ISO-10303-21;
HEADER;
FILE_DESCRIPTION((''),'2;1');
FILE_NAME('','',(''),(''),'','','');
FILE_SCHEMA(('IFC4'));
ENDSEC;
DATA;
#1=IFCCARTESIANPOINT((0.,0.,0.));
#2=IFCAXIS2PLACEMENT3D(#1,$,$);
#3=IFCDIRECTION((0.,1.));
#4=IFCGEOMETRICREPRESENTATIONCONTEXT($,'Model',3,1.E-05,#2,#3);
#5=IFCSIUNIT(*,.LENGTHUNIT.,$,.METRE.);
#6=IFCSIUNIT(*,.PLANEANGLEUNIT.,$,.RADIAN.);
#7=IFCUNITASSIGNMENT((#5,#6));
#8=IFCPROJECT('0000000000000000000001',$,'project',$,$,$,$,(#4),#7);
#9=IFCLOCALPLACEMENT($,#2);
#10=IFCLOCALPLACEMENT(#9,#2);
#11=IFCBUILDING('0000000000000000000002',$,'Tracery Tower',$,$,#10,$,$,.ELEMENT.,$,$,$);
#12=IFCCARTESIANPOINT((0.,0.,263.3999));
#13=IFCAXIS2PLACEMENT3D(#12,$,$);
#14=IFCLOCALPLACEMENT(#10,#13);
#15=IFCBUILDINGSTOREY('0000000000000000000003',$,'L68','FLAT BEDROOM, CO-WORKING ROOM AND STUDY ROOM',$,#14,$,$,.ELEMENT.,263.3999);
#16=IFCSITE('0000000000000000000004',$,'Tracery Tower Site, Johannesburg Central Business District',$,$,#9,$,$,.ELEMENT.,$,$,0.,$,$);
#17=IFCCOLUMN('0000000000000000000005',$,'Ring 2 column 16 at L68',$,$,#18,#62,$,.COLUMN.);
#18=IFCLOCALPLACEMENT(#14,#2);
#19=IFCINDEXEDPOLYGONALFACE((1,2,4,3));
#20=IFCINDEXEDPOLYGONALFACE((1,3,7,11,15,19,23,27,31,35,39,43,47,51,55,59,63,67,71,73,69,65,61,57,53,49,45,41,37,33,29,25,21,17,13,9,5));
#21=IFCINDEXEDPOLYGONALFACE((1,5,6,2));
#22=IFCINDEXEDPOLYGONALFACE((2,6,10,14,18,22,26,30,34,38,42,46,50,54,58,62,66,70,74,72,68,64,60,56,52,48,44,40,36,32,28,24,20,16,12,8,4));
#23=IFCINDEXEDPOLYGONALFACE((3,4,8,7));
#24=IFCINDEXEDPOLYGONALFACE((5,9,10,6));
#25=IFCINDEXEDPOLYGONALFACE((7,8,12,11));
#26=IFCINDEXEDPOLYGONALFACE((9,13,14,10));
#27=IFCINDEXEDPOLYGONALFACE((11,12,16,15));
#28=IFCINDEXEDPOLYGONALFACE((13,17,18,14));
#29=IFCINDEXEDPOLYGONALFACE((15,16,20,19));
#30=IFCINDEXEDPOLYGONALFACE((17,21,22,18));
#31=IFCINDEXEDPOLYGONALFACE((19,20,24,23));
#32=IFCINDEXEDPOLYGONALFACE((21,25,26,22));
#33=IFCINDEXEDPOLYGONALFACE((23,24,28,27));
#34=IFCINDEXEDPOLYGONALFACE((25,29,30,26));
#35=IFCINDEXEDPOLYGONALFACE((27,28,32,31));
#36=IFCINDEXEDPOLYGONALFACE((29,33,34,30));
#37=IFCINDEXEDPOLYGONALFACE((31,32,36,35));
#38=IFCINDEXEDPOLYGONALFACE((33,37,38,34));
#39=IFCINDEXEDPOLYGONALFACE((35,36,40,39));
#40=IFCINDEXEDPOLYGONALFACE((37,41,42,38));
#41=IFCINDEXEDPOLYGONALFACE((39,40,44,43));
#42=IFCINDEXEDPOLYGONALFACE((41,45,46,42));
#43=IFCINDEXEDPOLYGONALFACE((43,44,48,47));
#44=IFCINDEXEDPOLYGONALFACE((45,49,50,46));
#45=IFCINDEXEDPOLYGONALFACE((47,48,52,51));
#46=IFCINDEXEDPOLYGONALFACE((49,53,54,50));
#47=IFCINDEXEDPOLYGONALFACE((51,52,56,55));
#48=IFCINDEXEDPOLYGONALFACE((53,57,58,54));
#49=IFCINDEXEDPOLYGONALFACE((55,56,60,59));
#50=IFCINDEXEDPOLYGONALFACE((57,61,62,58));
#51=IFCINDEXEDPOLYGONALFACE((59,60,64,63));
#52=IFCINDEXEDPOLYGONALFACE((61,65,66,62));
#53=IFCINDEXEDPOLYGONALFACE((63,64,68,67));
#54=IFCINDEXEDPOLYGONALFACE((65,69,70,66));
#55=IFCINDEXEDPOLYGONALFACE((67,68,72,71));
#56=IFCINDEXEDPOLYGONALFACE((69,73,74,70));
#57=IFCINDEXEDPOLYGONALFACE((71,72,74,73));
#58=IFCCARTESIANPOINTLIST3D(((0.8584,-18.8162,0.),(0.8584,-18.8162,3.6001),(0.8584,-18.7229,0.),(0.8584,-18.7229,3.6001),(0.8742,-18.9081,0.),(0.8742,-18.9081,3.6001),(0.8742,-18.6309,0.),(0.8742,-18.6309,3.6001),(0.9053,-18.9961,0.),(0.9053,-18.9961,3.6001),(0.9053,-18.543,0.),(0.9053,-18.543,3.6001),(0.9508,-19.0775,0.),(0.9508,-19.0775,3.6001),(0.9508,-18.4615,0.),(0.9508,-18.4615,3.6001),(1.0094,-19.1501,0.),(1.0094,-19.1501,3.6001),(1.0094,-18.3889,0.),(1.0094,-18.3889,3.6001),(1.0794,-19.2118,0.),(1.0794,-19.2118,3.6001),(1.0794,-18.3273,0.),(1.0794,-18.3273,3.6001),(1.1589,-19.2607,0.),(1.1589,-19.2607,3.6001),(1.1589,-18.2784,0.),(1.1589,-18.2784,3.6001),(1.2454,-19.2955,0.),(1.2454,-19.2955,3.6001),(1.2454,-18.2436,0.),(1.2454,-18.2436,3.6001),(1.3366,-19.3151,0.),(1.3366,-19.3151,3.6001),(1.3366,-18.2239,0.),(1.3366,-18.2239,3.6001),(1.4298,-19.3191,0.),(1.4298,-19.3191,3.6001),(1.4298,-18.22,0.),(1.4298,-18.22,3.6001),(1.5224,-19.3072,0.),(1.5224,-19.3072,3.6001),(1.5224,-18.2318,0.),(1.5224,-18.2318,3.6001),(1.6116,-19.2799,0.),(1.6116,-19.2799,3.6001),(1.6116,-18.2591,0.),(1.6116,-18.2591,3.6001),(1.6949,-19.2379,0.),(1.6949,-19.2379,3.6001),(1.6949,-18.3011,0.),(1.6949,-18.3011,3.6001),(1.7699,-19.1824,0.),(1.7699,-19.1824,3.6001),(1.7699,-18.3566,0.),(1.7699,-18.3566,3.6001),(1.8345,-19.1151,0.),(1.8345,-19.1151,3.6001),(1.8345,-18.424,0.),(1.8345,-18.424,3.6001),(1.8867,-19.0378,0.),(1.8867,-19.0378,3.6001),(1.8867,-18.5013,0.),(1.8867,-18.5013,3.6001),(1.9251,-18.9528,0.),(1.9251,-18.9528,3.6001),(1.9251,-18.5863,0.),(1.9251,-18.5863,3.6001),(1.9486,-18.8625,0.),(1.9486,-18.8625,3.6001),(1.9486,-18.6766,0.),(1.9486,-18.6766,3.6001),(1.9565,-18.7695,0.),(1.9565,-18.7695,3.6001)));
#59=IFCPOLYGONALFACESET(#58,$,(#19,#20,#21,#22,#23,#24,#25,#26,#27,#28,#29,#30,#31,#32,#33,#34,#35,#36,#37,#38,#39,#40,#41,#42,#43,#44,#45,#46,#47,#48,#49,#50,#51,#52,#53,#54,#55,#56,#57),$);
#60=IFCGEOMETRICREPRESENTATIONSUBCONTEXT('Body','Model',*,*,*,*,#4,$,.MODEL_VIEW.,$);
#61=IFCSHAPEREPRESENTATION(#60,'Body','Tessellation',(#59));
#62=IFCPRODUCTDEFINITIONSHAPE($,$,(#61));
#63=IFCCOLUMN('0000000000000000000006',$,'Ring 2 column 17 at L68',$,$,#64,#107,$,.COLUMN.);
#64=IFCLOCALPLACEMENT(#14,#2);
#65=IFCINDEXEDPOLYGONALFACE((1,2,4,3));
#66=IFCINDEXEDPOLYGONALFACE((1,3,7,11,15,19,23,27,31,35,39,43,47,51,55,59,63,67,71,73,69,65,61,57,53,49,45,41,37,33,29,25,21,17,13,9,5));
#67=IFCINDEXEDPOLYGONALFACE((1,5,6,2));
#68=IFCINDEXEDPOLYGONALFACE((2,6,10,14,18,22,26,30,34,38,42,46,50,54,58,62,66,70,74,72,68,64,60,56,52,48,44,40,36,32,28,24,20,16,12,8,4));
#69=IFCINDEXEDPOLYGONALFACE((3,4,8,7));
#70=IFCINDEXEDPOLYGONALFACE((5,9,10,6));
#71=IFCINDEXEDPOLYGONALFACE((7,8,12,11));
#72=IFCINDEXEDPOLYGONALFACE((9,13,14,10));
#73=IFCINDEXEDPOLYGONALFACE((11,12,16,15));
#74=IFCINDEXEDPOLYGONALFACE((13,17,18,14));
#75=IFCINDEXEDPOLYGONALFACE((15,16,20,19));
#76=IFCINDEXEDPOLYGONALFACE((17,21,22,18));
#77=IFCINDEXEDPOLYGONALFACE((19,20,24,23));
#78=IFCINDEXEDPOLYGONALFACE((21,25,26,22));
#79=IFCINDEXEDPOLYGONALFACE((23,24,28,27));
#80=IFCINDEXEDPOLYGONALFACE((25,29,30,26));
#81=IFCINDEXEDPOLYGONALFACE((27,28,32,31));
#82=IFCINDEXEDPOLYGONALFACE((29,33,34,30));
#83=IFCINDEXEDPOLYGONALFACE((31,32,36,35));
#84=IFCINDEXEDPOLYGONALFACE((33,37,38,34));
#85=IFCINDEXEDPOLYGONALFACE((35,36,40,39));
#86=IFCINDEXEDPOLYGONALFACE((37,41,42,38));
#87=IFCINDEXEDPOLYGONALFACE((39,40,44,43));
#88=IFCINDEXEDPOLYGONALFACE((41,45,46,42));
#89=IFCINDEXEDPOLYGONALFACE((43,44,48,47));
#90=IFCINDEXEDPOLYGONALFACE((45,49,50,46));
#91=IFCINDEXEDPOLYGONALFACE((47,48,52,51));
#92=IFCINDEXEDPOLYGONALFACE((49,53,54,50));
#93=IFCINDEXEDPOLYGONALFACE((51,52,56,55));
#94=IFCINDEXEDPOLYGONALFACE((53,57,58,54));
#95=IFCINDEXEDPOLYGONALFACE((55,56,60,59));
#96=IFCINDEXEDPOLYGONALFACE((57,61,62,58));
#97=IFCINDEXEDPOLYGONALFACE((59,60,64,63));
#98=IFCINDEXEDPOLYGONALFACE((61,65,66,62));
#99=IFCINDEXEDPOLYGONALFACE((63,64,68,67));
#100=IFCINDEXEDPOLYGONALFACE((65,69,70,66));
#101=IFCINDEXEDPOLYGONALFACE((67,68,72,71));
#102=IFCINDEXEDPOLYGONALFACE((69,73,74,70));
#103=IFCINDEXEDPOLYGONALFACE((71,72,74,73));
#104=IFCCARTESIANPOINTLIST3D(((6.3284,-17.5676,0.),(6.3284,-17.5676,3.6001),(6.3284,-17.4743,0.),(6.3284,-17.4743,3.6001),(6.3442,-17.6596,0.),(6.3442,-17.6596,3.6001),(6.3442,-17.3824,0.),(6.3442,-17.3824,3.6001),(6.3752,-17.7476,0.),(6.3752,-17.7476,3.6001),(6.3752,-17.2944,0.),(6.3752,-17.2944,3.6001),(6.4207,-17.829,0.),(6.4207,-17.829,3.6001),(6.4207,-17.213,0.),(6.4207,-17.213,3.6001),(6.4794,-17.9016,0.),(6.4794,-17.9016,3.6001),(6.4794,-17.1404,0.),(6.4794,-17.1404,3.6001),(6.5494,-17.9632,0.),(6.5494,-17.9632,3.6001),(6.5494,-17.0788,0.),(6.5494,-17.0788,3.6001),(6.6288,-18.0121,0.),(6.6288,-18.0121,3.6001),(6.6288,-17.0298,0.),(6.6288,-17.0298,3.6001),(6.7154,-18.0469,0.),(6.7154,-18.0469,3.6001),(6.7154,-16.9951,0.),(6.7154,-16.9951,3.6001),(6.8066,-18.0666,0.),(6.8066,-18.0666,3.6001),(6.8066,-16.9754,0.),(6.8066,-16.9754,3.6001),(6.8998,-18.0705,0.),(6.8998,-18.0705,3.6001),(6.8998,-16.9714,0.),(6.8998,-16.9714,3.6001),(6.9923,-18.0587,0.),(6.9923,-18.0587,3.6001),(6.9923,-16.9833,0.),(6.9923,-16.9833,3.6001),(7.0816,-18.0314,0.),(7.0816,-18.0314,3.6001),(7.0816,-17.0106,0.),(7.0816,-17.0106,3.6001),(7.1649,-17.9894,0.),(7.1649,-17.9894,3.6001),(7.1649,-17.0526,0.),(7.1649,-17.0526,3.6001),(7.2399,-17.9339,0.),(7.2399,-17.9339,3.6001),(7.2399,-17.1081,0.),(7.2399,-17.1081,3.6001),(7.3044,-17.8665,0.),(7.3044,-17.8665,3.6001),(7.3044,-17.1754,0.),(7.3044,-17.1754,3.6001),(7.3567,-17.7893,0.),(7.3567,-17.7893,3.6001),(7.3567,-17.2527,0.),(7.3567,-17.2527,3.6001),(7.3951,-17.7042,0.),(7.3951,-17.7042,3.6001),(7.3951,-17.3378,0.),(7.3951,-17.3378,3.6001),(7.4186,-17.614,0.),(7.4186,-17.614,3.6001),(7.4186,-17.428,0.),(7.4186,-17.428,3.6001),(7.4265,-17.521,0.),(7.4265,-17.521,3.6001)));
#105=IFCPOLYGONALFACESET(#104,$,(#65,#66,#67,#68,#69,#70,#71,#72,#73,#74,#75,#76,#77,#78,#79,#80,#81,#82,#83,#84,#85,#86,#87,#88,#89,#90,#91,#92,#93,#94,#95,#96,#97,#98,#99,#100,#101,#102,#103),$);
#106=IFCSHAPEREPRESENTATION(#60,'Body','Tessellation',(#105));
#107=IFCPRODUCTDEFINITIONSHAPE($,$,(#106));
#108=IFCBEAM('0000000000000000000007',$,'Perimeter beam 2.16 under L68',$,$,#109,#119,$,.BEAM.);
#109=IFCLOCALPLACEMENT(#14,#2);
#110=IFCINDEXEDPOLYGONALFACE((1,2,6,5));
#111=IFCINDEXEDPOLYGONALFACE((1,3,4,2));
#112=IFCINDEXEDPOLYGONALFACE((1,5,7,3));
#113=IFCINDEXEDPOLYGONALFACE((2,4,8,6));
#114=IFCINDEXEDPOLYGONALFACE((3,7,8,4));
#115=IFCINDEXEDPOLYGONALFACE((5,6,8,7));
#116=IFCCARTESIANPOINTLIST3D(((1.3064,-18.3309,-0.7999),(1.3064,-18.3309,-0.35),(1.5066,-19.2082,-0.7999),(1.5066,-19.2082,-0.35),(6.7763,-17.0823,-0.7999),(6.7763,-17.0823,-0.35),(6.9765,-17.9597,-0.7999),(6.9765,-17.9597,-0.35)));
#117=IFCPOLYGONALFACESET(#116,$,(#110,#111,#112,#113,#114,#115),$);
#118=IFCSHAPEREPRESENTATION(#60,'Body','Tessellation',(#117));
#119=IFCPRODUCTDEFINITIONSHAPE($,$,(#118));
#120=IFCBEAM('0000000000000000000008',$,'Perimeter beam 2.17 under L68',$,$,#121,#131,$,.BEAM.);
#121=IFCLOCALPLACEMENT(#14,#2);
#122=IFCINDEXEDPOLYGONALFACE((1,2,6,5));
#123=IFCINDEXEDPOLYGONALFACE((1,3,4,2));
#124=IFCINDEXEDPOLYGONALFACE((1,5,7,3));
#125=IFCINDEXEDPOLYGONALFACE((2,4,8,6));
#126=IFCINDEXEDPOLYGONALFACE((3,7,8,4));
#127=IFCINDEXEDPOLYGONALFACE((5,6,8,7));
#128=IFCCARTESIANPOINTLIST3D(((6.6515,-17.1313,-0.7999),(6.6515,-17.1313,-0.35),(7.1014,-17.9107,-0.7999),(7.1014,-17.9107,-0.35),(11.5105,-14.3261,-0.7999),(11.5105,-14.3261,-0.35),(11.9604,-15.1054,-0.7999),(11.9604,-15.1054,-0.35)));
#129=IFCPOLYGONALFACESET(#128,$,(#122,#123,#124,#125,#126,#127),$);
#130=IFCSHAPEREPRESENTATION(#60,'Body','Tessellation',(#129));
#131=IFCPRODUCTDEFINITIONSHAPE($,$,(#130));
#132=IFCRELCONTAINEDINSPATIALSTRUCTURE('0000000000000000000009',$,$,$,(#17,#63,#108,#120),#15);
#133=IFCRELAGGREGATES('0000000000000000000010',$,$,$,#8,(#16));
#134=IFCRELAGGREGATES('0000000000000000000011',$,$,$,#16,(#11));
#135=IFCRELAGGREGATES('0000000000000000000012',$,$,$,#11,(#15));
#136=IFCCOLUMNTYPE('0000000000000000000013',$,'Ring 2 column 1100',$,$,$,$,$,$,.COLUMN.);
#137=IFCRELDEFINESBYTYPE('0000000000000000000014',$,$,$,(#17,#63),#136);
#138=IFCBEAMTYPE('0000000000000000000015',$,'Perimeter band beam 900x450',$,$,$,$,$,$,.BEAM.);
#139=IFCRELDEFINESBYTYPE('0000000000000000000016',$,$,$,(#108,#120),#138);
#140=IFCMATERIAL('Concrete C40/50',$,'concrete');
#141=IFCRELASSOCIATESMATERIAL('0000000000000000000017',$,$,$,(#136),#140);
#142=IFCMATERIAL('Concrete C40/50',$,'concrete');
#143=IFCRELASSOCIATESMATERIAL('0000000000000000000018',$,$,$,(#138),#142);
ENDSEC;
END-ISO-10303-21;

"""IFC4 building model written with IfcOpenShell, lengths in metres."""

from ifc_helpers import new_model, si_unit, direction, frame, origin, origin_2d, place, context, subcontext, project, spatial, rectangle, circle, extrude, material, material_profile, profile_set, type_object, element, save


model = new_model("IFC4")

# Units and contexts
model_context = context("Model", 3, precision=1e-05, world=origin(), true_north=direction((0.0, 1.0)))
body_context = subcontext(model_context, "Body", "Model", "MODEL_VIEW")
ifc_project = project(units=[si_unit("LENGTHUNIT", "METRE"), si_unit("PLANEANGLEUNIT", "RADIAN")], contexts=[model_context])

# Site, building, storey
site_placement = place(None, origin())
site = spatial("IfcSite", under=ifc_project, at=site_placement, Name="Tracery Tower Site, Johannesburg Central Business District", CompositionType="ELEMENT", RefElevation=0.0)
building_placement = place(site_placement, origin())
building = spatial("IfcBuilding", under=site, at=building_placement, Name="Tracery Tower", CompositionType="ELEMENT")
storey_placement = place(building_placement, frame((0.0, 0.0, 263.3999)))
storey = spatial("IfcBuildingStorey", under=building, at=storey_placement, Name="L68", Description="FLAT BEDROOM, CO-WORKING ROOM AND STUDY ROOM", CompositionType="ELEMENT", Elevation=263.3999)

# Columns
ifc_material_1 = material(Name="Concrete C40/50", Category="concrete")
ifc_material_profile_1 = material_profile(ifc_material_1, circle(Radius=0.55, at=origin_2d()), Name="RC D1100")
ifc_profile_set_1 = profile_set([ifc_material_profile_1], Name="Concrete C40/50")
column_type = type_object("IfcColumnType", Name="Ring 2 column 1100", PredefinedType="COLUMN", material=ifc_profile_set_1)
for number, where, z_axis, x_axis, name in (
    (1, (1.4065, -18.7695, 0.0), (0.0, 0.0, 1.0), (1.0, 0.0, 0.0), "Ring 2 column 16 at L68"),
    (2, (6.8765, -17.521, 0.0), (0.0, 0.0, 1.0), (1.0, 0.0, 0.0), "Ring 2 column 17 at L68"),
):
    element("IfcColumn", number, at=place(storey_placement, frame(where, z_axis=z_axis, x_axis=x_axis)), inside=storey, type_object=column_type, Name=name, PredefinedType="COLUMN", context=body_context, shape_type="SweptSolid", body=[
        extrude(circle(Radius=0.55, at=origin_2d()), origin(), (0.0, 0.0, 1.0), 3.6001),
    ])

# Beams
ifc_material_2 = material(Name="Concrete C40/50", Category="concrete")
ifc_material_profile_2 = material_profile(ifc_material_2, rectangle(XDim=0.8999, YDim=0.45, at=origin_2d()), Name="RC 900x450")
ifc_profile_set_2 = profile_set([ifc_material_profile_2], Name="Concrete C40/50")
beam_type = type_object("IfcBeamType", Name="Perimeter band beam 900x450", PredefinedType="BEAM", material=ifc_profile_set_2)
for number, where, z_axis, x_axis, name in (
    (3, (1.4065, -18.7695, -0.575), (0.974926, 0.222529, 0.0), (-0.222529, 0.974926, 0.0), "Perimeter beam 2.16 under L68"),
    (4, (6.8765, -17.521, -0.575), (0.866033, 0.499986, 0.0), (-0.499986, 0.866033, 0.0), "Perimeter beam 2.17 under L68"),
):
    element("IfcBeam", number, at=place(storey_placement, frame(where, z_axis=z_axis, x_axis=x_axis)), inside=storey, type_object=beam_type, Name=name, PredefinedType="BEAM", context=body_context, shape_type="SweptSolid", body=[
        extrude(rectangle(XDim=0.8999, YDim=0.45, at=origin_2d()), origin(), (0.0, 0.0, 1.0), 5.6106),
    ])

save(model, "model.ifc")
